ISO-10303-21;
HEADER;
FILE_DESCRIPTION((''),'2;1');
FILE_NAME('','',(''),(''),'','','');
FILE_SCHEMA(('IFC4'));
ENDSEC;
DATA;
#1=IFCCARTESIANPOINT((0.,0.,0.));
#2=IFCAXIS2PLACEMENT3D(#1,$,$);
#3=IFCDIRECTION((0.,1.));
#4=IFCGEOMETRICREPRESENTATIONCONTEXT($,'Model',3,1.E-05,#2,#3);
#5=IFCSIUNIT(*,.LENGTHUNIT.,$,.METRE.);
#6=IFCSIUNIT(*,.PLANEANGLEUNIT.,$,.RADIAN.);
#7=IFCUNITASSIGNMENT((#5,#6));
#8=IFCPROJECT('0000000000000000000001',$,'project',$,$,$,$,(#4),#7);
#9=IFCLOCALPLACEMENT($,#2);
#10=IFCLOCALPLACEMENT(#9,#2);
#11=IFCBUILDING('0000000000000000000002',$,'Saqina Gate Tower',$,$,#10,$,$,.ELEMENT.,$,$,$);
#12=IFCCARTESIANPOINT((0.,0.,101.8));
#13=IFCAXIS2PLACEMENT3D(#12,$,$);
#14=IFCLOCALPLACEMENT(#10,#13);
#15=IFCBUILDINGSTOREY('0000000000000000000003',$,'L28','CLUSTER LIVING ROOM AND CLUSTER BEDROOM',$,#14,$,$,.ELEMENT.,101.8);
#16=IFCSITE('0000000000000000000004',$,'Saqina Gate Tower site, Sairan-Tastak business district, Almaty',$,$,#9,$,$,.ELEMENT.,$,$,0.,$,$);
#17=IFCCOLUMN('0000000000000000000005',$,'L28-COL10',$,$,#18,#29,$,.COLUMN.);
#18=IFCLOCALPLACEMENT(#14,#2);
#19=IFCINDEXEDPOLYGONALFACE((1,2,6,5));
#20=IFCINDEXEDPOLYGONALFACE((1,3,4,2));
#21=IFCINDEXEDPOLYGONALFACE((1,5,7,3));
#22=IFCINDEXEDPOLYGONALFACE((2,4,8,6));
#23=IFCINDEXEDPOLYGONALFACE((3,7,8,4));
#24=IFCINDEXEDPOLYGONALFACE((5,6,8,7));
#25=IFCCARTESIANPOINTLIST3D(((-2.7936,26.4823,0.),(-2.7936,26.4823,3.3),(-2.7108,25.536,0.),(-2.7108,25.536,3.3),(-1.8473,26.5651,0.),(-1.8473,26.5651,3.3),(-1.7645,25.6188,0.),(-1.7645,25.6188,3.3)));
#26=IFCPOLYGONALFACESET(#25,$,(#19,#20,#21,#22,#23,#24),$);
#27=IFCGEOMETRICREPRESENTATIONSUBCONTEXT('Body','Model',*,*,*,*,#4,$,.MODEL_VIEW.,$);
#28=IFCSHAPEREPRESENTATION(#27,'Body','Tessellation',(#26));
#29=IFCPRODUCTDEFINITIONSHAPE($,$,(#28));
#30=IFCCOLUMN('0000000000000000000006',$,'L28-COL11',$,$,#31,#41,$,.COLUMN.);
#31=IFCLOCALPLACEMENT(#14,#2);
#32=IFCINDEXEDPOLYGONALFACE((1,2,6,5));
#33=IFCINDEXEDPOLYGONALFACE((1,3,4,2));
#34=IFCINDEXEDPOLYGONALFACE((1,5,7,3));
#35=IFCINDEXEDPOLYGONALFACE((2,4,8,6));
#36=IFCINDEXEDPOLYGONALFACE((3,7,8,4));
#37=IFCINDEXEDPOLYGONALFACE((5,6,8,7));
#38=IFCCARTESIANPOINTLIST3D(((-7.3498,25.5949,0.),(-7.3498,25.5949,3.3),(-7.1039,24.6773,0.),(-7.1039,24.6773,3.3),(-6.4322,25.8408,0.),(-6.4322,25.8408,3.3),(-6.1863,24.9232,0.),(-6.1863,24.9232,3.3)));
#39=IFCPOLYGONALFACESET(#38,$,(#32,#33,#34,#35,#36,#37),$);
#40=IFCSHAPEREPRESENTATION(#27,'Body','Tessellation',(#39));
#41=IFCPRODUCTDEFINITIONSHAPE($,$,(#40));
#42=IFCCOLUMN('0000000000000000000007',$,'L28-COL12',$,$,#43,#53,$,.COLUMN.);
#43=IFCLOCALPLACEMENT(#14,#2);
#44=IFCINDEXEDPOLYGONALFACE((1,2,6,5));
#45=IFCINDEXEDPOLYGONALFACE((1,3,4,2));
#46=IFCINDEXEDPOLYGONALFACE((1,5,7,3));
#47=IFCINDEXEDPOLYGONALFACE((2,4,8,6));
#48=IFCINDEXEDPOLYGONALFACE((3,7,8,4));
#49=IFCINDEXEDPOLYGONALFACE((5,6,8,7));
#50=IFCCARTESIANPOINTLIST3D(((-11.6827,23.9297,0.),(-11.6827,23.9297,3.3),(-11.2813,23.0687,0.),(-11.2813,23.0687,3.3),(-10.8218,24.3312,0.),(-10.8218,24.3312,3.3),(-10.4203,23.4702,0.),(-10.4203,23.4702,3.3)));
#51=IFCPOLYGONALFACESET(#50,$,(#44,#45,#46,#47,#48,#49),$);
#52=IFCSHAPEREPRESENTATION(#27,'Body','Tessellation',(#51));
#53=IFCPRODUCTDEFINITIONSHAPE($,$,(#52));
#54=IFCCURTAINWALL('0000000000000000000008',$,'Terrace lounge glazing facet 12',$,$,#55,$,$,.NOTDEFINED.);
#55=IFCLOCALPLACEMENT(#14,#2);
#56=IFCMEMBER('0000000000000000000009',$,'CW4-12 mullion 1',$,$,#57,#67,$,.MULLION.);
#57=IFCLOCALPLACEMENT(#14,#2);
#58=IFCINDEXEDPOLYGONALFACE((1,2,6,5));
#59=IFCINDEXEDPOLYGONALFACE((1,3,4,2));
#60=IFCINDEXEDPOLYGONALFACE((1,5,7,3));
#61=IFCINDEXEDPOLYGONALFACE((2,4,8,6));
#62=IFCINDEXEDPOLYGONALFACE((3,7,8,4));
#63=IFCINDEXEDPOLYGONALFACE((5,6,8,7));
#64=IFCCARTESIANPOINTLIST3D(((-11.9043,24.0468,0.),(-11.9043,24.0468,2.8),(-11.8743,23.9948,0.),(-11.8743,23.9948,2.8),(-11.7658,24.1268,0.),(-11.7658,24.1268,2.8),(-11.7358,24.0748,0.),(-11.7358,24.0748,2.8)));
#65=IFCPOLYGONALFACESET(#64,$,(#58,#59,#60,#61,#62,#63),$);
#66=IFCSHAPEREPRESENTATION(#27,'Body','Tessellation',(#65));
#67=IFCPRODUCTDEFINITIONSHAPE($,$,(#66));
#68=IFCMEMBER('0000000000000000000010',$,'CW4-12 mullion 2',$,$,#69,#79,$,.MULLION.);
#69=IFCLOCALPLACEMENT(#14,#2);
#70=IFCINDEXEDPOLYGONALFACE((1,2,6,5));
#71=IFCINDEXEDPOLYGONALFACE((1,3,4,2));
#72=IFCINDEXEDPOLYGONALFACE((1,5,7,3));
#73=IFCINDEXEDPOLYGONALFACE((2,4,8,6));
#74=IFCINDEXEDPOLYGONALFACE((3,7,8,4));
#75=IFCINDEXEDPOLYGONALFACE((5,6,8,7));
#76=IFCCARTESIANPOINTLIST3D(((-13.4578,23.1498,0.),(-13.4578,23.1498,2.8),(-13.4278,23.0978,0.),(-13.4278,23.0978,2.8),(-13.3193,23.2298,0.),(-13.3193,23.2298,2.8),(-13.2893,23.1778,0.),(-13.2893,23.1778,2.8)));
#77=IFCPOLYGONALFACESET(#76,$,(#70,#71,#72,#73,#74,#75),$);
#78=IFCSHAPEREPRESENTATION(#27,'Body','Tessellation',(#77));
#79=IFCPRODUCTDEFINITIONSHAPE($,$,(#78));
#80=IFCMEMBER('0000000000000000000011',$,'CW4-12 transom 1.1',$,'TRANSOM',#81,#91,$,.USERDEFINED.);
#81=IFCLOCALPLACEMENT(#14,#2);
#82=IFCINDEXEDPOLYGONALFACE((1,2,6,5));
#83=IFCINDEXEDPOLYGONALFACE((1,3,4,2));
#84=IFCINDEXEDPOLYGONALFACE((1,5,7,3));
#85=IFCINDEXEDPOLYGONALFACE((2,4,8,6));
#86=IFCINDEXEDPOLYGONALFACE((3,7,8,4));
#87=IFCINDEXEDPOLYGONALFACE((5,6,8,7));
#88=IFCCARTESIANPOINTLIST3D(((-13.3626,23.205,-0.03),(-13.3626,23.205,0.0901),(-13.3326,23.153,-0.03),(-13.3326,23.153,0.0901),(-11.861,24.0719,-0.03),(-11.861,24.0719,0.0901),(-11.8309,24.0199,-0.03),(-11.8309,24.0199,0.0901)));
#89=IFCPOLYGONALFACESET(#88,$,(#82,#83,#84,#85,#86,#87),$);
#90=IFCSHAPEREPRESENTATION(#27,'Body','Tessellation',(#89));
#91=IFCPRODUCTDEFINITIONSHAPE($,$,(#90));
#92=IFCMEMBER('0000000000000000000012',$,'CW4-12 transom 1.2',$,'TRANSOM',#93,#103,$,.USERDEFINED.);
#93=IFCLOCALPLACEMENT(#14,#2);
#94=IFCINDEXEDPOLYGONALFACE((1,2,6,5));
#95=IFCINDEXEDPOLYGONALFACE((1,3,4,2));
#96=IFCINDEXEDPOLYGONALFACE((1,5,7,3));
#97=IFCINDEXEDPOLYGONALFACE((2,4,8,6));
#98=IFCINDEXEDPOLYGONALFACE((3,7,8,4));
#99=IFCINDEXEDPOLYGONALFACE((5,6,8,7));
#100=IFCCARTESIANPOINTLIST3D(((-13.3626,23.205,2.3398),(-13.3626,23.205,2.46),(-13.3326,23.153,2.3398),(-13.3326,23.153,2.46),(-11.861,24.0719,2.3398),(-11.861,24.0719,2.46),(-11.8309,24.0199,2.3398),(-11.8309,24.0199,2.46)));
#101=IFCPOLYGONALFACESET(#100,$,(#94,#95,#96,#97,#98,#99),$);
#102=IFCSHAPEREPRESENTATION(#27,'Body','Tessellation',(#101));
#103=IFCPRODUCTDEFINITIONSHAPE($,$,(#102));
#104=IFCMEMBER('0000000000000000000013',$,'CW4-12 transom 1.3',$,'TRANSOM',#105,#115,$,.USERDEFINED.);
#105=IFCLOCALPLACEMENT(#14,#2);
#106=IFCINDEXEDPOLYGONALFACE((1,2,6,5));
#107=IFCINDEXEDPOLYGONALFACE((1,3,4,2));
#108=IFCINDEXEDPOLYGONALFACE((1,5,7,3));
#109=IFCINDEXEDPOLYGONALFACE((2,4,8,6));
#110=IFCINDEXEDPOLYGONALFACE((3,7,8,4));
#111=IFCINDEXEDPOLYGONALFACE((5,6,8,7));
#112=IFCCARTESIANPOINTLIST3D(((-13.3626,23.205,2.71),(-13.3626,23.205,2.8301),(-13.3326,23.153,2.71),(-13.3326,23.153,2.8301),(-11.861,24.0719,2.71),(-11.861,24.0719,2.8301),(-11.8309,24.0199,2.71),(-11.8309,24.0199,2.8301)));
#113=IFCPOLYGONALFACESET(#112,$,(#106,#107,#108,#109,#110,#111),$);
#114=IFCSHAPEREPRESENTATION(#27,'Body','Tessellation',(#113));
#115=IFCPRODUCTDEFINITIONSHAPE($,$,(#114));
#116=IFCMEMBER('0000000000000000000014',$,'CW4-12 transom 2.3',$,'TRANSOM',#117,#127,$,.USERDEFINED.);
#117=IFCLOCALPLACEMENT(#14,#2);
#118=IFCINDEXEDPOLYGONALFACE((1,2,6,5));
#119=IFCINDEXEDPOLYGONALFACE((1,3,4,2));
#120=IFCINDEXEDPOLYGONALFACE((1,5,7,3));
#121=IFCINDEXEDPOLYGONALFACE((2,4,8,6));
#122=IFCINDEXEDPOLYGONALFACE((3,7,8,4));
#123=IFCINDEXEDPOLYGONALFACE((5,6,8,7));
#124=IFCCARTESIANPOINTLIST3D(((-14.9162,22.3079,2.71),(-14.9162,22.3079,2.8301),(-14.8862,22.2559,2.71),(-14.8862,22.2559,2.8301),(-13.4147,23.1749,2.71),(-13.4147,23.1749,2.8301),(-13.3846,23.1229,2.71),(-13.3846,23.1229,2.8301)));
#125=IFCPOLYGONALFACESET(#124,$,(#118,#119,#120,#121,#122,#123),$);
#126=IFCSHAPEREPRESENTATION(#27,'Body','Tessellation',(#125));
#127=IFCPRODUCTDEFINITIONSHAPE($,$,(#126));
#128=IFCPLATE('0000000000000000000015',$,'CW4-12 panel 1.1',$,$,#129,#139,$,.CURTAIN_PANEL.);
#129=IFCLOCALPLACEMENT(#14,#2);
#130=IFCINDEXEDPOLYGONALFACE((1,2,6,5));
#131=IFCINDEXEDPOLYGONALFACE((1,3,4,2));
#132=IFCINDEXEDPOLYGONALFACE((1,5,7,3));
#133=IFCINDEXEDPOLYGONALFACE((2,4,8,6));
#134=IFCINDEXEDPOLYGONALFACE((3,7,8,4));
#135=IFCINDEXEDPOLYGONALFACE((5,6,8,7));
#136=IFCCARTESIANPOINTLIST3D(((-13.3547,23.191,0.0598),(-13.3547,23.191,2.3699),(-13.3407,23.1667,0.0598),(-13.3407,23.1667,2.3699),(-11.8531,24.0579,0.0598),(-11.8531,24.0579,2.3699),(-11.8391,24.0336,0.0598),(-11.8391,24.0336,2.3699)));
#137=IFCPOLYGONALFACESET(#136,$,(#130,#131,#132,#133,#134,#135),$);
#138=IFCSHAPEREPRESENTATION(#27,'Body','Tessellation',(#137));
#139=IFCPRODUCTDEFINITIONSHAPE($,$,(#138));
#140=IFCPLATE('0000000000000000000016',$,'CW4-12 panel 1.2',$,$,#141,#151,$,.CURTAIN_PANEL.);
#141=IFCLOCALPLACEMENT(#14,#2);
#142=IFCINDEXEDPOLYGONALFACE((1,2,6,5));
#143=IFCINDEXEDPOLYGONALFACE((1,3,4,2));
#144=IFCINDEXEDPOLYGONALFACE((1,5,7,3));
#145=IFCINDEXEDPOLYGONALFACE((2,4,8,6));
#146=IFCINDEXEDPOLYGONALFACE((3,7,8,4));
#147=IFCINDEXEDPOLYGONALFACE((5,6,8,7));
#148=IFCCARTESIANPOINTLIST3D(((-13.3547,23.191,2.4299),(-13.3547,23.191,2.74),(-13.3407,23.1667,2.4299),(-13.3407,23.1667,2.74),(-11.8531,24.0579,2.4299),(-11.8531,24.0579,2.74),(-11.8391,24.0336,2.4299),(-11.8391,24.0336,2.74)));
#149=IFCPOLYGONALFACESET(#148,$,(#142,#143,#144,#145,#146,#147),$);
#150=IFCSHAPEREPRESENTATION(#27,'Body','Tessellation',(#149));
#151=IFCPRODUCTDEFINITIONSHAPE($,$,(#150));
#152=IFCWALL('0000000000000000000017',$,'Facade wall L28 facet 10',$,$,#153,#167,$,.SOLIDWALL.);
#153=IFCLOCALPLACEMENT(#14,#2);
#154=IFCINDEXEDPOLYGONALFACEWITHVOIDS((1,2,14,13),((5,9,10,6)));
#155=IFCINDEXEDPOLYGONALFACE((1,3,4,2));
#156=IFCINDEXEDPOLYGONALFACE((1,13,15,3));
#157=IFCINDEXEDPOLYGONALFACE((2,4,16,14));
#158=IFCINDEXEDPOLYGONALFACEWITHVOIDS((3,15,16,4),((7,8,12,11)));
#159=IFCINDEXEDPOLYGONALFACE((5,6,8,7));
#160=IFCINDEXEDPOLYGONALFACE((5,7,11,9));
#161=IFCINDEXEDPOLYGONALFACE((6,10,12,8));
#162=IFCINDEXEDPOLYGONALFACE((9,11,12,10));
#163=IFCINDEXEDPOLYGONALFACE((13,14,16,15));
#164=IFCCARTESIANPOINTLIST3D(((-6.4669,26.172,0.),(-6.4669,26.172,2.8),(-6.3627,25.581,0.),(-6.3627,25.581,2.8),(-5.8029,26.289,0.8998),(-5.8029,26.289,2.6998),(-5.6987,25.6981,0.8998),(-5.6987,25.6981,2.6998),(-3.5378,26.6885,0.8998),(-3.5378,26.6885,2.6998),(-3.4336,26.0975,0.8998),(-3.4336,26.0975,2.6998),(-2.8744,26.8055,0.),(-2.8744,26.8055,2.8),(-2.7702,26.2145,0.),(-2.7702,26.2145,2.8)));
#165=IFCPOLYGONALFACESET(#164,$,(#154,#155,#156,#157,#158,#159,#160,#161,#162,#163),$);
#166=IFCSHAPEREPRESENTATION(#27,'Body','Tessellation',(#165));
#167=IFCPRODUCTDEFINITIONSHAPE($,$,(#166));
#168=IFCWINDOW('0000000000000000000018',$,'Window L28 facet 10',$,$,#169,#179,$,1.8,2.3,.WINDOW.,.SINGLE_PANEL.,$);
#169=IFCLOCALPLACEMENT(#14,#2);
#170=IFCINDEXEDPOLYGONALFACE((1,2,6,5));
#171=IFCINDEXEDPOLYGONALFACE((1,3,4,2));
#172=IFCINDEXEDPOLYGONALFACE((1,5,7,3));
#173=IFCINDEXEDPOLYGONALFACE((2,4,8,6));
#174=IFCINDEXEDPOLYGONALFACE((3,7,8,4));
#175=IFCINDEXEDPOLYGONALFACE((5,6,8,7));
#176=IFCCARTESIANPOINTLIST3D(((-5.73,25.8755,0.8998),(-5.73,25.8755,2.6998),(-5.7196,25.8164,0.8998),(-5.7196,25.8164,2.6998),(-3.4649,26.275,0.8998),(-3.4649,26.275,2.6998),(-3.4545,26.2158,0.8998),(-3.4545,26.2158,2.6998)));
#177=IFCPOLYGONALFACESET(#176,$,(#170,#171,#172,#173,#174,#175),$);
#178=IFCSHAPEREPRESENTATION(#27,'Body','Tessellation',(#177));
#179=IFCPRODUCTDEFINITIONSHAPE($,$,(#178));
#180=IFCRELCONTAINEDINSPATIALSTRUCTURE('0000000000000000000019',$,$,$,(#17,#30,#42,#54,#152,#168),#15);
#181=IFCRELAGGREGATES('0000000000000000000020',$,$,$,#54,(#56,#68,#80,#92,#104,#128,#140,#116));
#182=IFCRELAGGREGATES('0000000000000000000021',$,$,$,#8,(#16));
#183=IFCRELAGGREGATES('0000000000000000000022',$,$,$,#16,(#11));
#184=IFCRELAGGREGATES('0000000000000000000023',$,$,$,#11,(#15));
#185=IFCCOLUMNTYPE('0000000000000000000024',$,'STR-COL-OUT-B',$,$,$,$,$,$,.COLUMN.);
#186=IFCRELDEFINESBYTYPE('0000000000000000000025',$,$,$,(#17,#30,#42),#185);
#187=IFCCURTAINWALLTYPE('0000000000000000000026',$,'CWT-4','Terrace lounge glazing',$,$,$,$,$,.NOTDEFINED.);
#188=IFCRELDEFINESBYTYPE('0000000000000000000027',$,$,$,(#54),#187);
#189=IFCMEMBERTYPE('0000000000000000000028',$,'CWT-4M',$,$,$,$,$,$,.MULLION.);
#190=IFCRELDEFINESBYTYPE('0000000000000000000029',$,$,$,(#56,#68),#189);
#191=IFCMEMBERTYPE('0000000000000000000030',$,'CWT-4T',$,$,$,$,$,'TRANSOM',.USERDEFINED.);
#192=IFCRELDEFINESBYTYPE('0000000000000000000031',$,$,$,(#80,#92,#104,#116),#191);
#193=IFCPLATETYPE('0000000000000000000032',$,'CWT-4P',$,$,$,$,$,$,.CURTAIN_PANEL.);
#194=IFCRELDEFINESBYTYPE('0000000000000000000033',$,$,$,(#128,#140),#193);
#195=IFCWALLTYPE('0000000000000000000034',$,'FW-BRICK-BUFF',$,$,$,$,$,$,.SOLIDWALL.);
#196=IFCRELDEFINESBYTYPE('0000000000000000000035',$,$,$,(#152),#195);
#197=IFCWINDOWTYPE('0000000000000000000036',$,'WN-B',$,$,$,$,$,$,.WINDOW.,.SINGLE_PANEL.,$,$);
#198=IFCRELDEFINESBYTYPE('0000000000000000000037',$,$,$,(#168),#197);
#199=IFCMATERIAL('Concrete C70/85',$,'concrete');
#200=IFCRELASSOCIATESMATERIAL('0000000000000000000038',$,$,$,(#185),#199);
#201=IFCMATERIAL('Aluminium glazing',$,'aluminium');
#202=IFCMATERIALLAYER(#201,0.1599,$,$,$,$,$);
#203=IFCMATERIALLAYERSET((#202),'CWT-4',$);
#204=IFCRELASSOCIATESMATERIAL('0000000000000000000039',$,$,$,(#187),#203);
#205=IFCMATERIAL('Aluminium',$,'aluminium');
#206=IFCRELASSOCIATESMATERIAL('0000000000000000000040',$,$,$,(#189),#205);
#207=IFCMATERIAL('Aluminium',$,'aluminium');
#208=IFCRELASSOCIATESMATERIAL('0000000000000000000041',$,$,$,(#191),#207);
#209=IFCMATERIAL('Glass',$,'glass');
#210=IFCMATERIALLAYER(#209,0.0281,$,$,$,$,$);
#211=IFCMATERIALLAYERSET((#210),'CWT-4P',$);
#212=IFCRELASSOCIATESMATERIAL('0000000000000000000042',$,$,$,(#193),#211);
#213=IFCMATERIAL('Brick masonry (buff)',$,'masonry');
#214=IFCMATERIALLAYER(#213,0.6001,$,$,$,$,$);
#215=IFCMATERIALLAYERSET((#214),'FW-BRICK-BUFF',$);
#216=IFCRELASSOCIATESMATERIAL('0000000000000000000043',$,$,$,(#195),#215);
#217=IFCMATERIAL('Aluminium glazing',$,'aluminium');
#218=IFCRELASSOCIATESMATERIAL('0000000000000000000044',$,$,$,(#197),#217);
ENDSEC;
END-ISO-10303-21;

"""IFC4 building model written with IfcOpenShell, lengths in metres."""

from ifc_helpers import new_model, si_unit, direction, frame, frame_2d, origin, origin_2d, place, context, subcontext, project, spatial, rectangle, extrude, material, layer, layer_set, material_profile, profile_set, type_object, element, fill, aggregate, save


model = new_model("IFC4")

# Units and contexts
model_context = context("Model", 3, precision=1e-05, world=origin(), true_north=direction((0.0, 1.0)))
body_context = subcontext(model_context, "Body", "Model", "MODEL_VIEW")
ifc_project = project(units=[si_unit("LENGTHUNIT", "METRE"), si_unit("PLANEANGLEUNIT", "RADIAN")], contexts=[model_context])

# Site, building, storey
site_placement = place(None, origin())
site = spatial("IfcSite", under=ifc_project, at=site_placement, Name="Saqina Gate Tower site, Sairan-Tastak business district, Almaty", CompositionType="ELEMENT", RefElevation=0.0)
building_placement = place(site_placement, origin())
building = spatial("IfcBuilding", under=site, at=building_placement, Name="Saqina Gate Tower", CompositionType="ELEMENT")
storey_placement = place(building_placement, frame((0.0, 0.0, 101.8)))
storey = spatial("IfcBuildingStorey", under=building, at=storey_placement, Name="L28", Description="CLUSTER LIVING ROOM AND CLUSTER BEDROOM", CompositionType="ELEMENT", Elevation=101.8)

# Columns
ifc_material_1 = material(Name="Concrete C70/85", Category="concrete")
ifc_material_profile_1 = material_profile(ifc_material_1, rectangle(XDim=0.95, YDim=0.95, at=origin_2d()), Name="RC 950x950")
ifc_profile_set_1 = profile_set([ifc_material_profile_1], Name="Concrete C70/85")
column_type = type_object("IfcColumnType", Name="STR-COL-OUT-B", PredefinedType="COLUMN", material=ifc_profile_set_1)
for number, where, z_axis, x_axis, name in (
    (1, (-2.2791, 26.0505, 0.0), (0.0, 0.0, 1.0), (-0.087156, 0.996195, 0.0), "L28-COL10"),
    (2, (-6.7681, 25.259, 0.0), (0.0, 0.0, 1.0), (-0.258819, 0.965926, 0.0), "L28-COL11"),
    (3, (-11.0515, 23.7, 0.0), (0.0, 0.0, 1.0), (-0.422618, 0.906308, 0.0), "L28-COL12"),
):
    element("IfcColumn", number, at=place(storey_placement, frame(where, z_axis=z_axis, x_axis=x_axis)), inside=storey, type_object=column_type, Name=name, PredefinedType="COLUMN", context=body_context, shape_type="SweptSolid", body=[
        extrude(rectangle(XDim=0.95, YDim=0.95, at=origin_2d()), origin(), (0.0, 0.0, 1.0), 3.3),
    ])

# Curtain wall, members, plates
ifc_material_2 = material(Name="Aluminium glazing", Category="aluminium")
ifc_layer_1 = layer(ifc_material_2, 0.1599)
ifc_layer_set_1 = layer_set([ifc_layer_1], Name="CWT-4")
curtain_wall_type = type_object("IfcCurtainWallType", Name="CWT-4", Description="Terrace lounge glazing", PredefinedType="NOTDEFINED", material=ifc_layer_set_1)
curtain_wall_placement = place(storey_placement, origin())
curtain_wall = element("IfcCurtainWall", 4, at=curtain_wall_placement, inside=storey, type_object=curtain_wall_type, Name="Terrace lounge glazing facet 12", PredefinedType="NOTDEFINED")
ifc_material_3 = material(Name="Aluminium", Category="aluminium")
ifc_material_profile_2 = material_profile(ifc_material_3, rectangle(XDim=0.0601, YDim=0.1599, at=origin_2d()), Name="Aluminium 60x160")
ifc_profile_set_2 = profile_set([ifc_material_profile_2], Name="Aluminium")
member_type_1 = type_object("IfcMemberType", Name="CWT-4M", PredefinedType="MULLION", material=ifc_profile_set_2)
member_1_placement = place(storey_placement, frame((-11.8201, 24.0608, 0.0), z_axis=(0.0, 0.0, 1.0), x_axis=(0.499999, -0.866026, 0.0)))
member_1 = element("IfcMember", 5, at=member_1_placement, type_object=member_type_1, Name="CW4-12 mullion 1", PredefinedType="MULLION", context=body_context, shape_type="SweptSolid", body=[
    extrude(rectangle(XDim=0.0601, YDim=0.1599, at=origin_2d()), origin(), (0.0, 0.0, 1.0), 2.8),
])
member_2_placement = place(storey_placement, frame((-13.3735, 23.1638, 0.0), z_axis=(0.0, 0.0, 1.0), x_axis=(0.499999, -0.866026, 0.0)))
member_2 = element("IfcMember", 6, at=member_2_placement, type_object=member_type_1, Name="CW4-12 mullion 2", PredefinedType="MULLION", context=body_context, shape_type="SweptSolid", body=[
    extrude(rectangle(XDim=0.0601, YDim=0.1599, at=origin_2d()), origin(), (0.0, 0.0, 1.0), 2.8),
])
ifc_material_4 = material(Name="Aluminium", Category="aluminium")
ifc_material_profile_3 = material_profile(ifc_material_4, rectangle(XDim=0.0601, YDim=0.1201, at=origin_2d()), Name="Aluminium 60x120")
ifc_profile_set_3 = profile_set([ifc_material_profile_3], Name="Aluminium")
member_type_2 = type_object("IfcMemberType", Name="CWT-4T", ElementType="TRANSOM", PredefinedType="USERDEFINED", material=ifc_profile_set_3)
member_3_placement = place(storey_placement, frame((-11.8459, 24.0459, 0.03), z_axis=(-0.866043, -0.49997, 0.0), x_axis=(0.49997, -0.866043, 0.0)))
member_3 = element("IfcMember", 7, at=member_3_placement, type_object=member_type_2, Name="CW4-12 transom 1.1", ObjectType="TRANSOM", PredefinedType="USERDEFINED", context=body_context, shape_type="SweptSolid", body=[
    extrude(rectangle(XDim=0.0601, YDim=0.1201, at=origin_2d()), origin(), (0.0, 0.0, 1.0), 1.7339),
])
member_4_placement = place(storey_placement, frame((-11.8459, 24.0459, 2.3999), z_axis=(-0.866043, -0.49997, 0.0), x_axis=(0.49997, -0.866043, 0.0)))
member_4 = element("IfcMember", 8, at=member_4_placement, type_object=member_type_2, Name="CW4-12 transom 1.2", ObjectType="TRANSOM", PredefinedType="USERDEFINED", context=body_context, shape_type="SweptSolid", body=[
    extrude(rectangle(XDim=0.0601, YDim=0.1201, at=origin_2d()), origin(), (0.0, 0.0, 1.0), 1.7339),
])
member_5_placement = place(storey_placement, frame((-11.8459, 24.0459, 2.77), z_axis=(-0.866043, -0.49997, 0.0), x_axis=(0.49997, -0.866043, 0.0)))
member_5 = element("IfcMember", 9, at=member_5_placement, type_object=member_type_2, Name="CW4-12 transom 1.3", ObjectType="TRANSOM", PredefinedType="USERDEFINED", context=body_context, shape_type="SweptSolid", body=[
    extrude(rectangle(XDim=0.0601, YDim=0.1201, at=origin_2d()), origin(), (0.0, 0.0, 1.0), 1.7339),
])
member_6_placement = place(storey_placement, frame((-13.3997, 23.1489, 2.77), z_axis=(-0.866007, -0.500031, 0.0), x_axis=(0.500031, -0.866007, 0.0)))
member_6 = element("IfcMember", 10, at=member_6_placement, type_object=member_type_2, Name="CW4-12 transom 2.3", ObjectType="TRANSOM", PredefinedType="USERDEFINED", context=body_context, shape_type="SweptSolid", body=[
    extrude(rectangle(XDim=0.0601, YDim=0.1201, at=origin_2d()), origin(), (0.0, 0.0, 1.0), 1.7339),
])
ifc_material_5 = material(Name="Glass", Category="glass")
ifc_layer_2 = layer(ifc_material_5, 0.0281)
ifc_layer_set_2 = layer_set([ifc_layer_2], Name="CWT-4P")
plate_type = type_object("IfcPlateType", Name="CWT-4P", PredefinedType="CURTAIN_PANEL", material=ifc_layer_set_2)
plate_1_placement = place(storey_placement, frame((-12.5969, 23.6123, 0.0598), z_axis=(0.0, 0.0, 1.0), x_axis=(-0.866026, -0.499999, 0.0)))
plate_1 = element("IfcPlate", 11, at=plate_1_placement, type_object=plate_type, Name="CW4-12 panel 1.1", PredefinedType="CURTAIN_PANEL", context=body_context, shape_type="SweptSolid", body=[
    extrude(rectangle(XDim=1.7339, YDim=0.0281, at=origin_2d()), origin(), (0.0, 0.0, 1.0), 2.3101),
])
plate_2_placement = place(storey_placement, frame((-12.5969, 23.6123, 2.4299), z_axis=(0.0, 0.0, 1.0), x_axis=(-0.866026, -0.499999, 0.0)))
plate_2 = element("IfcPlate", 12, at=plate_2_placement, type_object=plate_type, Name="CW4-12 panel 1.2", PredefinedType="CURTAIN_PANEL", context=body_context, shape_type="SweptSolid", body=[
    extrude(rectangle(XDim=1.7339, YDim=0.0281, at=origin_2d()), origin(), (0.0, 0.0, 1.0), 0.3101),
])
aggregate(curtain_wall, [member_1, member_2, member_3, member_4, member_5, plate_1, plate_2, member_6])

# Wall, opening, window
ifc_material_6 = material(Name="Brick masonry (buff)", Category="masonry")
ifc_layer_3 = layer(ifc_material_6, 0.6001)
ifc_layer_set_3 = layer_set([ifc_layer_3], Name="FW-BRICK-BUFF")
wall_type_1 = type_object("IfcWallType", Name="FW-BRICK-BUFF", PredefinedType="SOLIDWALL", material=ifc_layer_set_3)
wall_1_placement = place(storey_placement, frame((-2.8223, 26.51, 0.0), z_axis=(0.0, 0.0, 1.0), x_axis=(-0.984804, -0.173671, 0.0)))
wall_1 = element("IfcWall", 13, at=wall_1_placement, inside=storey, type_object=wall_type_1, Name="Facade wall L28 facet 10", PredefinedType="SOLIDWALL", context=body_context, shape_type="SweptSolid", body=[
    extrude(rectangle(XDim=3.6479, YDim=0.6001, at=frame_2d((1.824, 0.0))), origin(), (0.0, 0.0, 1.0), 2.8),
])
opening_1_placement = place(wall_1_placement, frame((0.6738, 0.0, 0.8999)))
opening_1 = element("IfcOpeningElement", 14, at=opening_1_placement, cuts=wall_1, PredefinedType="OPENING", context=body_context, shape_type="SweptSolid", body=[
    extrude(rectangle(XDim=2.3, YDim=1.8, at=frame_2d((1.1499, 0.8999))), frame((0.0, 0.312, 0.0), z_axis=(0.0, -1.0, 0.0), x_axis=(1.0, 0.0, 0.0)), (0.0, 0.0, 1.0), 0.624),
])
ifc_material_7 = material(Name="Aluminium glazing", Category="aluminium")
window_type = type_object("IfcWindowType", Name="WN-B", PartitioningType="SINGLE_PANEL", PredefinedType="WINDOW", material=ifc_material_7)
window_1_placement = place(opening_1_placement, origin())
window_1 = element("IfcWindow", 15, at=window_1_placement, inside=storey, type_object=window_type, Name="Window L28 facet 10", OverallHeight=1.8, OverallWidth=2.3, PartitioningType="SINGLE_PANEL", PredefinedType="WINDOW", context=body_context, shape_type="SweptSolid", body=[
    extrude(rectangle(XDim=2.3, YDim=1.8, at=frame_2d((1.1499, 0.8999))), frame((0.0, 0.1799, 0.0), z_axis=(0.0, -1.0, 0.0), x_axis=(1.0, 0.0, 0.0)), (0.0, 0.0, 1.0), 0.0601),
])
fill(opening_1, window_1)

save(model, "model.ifc")
